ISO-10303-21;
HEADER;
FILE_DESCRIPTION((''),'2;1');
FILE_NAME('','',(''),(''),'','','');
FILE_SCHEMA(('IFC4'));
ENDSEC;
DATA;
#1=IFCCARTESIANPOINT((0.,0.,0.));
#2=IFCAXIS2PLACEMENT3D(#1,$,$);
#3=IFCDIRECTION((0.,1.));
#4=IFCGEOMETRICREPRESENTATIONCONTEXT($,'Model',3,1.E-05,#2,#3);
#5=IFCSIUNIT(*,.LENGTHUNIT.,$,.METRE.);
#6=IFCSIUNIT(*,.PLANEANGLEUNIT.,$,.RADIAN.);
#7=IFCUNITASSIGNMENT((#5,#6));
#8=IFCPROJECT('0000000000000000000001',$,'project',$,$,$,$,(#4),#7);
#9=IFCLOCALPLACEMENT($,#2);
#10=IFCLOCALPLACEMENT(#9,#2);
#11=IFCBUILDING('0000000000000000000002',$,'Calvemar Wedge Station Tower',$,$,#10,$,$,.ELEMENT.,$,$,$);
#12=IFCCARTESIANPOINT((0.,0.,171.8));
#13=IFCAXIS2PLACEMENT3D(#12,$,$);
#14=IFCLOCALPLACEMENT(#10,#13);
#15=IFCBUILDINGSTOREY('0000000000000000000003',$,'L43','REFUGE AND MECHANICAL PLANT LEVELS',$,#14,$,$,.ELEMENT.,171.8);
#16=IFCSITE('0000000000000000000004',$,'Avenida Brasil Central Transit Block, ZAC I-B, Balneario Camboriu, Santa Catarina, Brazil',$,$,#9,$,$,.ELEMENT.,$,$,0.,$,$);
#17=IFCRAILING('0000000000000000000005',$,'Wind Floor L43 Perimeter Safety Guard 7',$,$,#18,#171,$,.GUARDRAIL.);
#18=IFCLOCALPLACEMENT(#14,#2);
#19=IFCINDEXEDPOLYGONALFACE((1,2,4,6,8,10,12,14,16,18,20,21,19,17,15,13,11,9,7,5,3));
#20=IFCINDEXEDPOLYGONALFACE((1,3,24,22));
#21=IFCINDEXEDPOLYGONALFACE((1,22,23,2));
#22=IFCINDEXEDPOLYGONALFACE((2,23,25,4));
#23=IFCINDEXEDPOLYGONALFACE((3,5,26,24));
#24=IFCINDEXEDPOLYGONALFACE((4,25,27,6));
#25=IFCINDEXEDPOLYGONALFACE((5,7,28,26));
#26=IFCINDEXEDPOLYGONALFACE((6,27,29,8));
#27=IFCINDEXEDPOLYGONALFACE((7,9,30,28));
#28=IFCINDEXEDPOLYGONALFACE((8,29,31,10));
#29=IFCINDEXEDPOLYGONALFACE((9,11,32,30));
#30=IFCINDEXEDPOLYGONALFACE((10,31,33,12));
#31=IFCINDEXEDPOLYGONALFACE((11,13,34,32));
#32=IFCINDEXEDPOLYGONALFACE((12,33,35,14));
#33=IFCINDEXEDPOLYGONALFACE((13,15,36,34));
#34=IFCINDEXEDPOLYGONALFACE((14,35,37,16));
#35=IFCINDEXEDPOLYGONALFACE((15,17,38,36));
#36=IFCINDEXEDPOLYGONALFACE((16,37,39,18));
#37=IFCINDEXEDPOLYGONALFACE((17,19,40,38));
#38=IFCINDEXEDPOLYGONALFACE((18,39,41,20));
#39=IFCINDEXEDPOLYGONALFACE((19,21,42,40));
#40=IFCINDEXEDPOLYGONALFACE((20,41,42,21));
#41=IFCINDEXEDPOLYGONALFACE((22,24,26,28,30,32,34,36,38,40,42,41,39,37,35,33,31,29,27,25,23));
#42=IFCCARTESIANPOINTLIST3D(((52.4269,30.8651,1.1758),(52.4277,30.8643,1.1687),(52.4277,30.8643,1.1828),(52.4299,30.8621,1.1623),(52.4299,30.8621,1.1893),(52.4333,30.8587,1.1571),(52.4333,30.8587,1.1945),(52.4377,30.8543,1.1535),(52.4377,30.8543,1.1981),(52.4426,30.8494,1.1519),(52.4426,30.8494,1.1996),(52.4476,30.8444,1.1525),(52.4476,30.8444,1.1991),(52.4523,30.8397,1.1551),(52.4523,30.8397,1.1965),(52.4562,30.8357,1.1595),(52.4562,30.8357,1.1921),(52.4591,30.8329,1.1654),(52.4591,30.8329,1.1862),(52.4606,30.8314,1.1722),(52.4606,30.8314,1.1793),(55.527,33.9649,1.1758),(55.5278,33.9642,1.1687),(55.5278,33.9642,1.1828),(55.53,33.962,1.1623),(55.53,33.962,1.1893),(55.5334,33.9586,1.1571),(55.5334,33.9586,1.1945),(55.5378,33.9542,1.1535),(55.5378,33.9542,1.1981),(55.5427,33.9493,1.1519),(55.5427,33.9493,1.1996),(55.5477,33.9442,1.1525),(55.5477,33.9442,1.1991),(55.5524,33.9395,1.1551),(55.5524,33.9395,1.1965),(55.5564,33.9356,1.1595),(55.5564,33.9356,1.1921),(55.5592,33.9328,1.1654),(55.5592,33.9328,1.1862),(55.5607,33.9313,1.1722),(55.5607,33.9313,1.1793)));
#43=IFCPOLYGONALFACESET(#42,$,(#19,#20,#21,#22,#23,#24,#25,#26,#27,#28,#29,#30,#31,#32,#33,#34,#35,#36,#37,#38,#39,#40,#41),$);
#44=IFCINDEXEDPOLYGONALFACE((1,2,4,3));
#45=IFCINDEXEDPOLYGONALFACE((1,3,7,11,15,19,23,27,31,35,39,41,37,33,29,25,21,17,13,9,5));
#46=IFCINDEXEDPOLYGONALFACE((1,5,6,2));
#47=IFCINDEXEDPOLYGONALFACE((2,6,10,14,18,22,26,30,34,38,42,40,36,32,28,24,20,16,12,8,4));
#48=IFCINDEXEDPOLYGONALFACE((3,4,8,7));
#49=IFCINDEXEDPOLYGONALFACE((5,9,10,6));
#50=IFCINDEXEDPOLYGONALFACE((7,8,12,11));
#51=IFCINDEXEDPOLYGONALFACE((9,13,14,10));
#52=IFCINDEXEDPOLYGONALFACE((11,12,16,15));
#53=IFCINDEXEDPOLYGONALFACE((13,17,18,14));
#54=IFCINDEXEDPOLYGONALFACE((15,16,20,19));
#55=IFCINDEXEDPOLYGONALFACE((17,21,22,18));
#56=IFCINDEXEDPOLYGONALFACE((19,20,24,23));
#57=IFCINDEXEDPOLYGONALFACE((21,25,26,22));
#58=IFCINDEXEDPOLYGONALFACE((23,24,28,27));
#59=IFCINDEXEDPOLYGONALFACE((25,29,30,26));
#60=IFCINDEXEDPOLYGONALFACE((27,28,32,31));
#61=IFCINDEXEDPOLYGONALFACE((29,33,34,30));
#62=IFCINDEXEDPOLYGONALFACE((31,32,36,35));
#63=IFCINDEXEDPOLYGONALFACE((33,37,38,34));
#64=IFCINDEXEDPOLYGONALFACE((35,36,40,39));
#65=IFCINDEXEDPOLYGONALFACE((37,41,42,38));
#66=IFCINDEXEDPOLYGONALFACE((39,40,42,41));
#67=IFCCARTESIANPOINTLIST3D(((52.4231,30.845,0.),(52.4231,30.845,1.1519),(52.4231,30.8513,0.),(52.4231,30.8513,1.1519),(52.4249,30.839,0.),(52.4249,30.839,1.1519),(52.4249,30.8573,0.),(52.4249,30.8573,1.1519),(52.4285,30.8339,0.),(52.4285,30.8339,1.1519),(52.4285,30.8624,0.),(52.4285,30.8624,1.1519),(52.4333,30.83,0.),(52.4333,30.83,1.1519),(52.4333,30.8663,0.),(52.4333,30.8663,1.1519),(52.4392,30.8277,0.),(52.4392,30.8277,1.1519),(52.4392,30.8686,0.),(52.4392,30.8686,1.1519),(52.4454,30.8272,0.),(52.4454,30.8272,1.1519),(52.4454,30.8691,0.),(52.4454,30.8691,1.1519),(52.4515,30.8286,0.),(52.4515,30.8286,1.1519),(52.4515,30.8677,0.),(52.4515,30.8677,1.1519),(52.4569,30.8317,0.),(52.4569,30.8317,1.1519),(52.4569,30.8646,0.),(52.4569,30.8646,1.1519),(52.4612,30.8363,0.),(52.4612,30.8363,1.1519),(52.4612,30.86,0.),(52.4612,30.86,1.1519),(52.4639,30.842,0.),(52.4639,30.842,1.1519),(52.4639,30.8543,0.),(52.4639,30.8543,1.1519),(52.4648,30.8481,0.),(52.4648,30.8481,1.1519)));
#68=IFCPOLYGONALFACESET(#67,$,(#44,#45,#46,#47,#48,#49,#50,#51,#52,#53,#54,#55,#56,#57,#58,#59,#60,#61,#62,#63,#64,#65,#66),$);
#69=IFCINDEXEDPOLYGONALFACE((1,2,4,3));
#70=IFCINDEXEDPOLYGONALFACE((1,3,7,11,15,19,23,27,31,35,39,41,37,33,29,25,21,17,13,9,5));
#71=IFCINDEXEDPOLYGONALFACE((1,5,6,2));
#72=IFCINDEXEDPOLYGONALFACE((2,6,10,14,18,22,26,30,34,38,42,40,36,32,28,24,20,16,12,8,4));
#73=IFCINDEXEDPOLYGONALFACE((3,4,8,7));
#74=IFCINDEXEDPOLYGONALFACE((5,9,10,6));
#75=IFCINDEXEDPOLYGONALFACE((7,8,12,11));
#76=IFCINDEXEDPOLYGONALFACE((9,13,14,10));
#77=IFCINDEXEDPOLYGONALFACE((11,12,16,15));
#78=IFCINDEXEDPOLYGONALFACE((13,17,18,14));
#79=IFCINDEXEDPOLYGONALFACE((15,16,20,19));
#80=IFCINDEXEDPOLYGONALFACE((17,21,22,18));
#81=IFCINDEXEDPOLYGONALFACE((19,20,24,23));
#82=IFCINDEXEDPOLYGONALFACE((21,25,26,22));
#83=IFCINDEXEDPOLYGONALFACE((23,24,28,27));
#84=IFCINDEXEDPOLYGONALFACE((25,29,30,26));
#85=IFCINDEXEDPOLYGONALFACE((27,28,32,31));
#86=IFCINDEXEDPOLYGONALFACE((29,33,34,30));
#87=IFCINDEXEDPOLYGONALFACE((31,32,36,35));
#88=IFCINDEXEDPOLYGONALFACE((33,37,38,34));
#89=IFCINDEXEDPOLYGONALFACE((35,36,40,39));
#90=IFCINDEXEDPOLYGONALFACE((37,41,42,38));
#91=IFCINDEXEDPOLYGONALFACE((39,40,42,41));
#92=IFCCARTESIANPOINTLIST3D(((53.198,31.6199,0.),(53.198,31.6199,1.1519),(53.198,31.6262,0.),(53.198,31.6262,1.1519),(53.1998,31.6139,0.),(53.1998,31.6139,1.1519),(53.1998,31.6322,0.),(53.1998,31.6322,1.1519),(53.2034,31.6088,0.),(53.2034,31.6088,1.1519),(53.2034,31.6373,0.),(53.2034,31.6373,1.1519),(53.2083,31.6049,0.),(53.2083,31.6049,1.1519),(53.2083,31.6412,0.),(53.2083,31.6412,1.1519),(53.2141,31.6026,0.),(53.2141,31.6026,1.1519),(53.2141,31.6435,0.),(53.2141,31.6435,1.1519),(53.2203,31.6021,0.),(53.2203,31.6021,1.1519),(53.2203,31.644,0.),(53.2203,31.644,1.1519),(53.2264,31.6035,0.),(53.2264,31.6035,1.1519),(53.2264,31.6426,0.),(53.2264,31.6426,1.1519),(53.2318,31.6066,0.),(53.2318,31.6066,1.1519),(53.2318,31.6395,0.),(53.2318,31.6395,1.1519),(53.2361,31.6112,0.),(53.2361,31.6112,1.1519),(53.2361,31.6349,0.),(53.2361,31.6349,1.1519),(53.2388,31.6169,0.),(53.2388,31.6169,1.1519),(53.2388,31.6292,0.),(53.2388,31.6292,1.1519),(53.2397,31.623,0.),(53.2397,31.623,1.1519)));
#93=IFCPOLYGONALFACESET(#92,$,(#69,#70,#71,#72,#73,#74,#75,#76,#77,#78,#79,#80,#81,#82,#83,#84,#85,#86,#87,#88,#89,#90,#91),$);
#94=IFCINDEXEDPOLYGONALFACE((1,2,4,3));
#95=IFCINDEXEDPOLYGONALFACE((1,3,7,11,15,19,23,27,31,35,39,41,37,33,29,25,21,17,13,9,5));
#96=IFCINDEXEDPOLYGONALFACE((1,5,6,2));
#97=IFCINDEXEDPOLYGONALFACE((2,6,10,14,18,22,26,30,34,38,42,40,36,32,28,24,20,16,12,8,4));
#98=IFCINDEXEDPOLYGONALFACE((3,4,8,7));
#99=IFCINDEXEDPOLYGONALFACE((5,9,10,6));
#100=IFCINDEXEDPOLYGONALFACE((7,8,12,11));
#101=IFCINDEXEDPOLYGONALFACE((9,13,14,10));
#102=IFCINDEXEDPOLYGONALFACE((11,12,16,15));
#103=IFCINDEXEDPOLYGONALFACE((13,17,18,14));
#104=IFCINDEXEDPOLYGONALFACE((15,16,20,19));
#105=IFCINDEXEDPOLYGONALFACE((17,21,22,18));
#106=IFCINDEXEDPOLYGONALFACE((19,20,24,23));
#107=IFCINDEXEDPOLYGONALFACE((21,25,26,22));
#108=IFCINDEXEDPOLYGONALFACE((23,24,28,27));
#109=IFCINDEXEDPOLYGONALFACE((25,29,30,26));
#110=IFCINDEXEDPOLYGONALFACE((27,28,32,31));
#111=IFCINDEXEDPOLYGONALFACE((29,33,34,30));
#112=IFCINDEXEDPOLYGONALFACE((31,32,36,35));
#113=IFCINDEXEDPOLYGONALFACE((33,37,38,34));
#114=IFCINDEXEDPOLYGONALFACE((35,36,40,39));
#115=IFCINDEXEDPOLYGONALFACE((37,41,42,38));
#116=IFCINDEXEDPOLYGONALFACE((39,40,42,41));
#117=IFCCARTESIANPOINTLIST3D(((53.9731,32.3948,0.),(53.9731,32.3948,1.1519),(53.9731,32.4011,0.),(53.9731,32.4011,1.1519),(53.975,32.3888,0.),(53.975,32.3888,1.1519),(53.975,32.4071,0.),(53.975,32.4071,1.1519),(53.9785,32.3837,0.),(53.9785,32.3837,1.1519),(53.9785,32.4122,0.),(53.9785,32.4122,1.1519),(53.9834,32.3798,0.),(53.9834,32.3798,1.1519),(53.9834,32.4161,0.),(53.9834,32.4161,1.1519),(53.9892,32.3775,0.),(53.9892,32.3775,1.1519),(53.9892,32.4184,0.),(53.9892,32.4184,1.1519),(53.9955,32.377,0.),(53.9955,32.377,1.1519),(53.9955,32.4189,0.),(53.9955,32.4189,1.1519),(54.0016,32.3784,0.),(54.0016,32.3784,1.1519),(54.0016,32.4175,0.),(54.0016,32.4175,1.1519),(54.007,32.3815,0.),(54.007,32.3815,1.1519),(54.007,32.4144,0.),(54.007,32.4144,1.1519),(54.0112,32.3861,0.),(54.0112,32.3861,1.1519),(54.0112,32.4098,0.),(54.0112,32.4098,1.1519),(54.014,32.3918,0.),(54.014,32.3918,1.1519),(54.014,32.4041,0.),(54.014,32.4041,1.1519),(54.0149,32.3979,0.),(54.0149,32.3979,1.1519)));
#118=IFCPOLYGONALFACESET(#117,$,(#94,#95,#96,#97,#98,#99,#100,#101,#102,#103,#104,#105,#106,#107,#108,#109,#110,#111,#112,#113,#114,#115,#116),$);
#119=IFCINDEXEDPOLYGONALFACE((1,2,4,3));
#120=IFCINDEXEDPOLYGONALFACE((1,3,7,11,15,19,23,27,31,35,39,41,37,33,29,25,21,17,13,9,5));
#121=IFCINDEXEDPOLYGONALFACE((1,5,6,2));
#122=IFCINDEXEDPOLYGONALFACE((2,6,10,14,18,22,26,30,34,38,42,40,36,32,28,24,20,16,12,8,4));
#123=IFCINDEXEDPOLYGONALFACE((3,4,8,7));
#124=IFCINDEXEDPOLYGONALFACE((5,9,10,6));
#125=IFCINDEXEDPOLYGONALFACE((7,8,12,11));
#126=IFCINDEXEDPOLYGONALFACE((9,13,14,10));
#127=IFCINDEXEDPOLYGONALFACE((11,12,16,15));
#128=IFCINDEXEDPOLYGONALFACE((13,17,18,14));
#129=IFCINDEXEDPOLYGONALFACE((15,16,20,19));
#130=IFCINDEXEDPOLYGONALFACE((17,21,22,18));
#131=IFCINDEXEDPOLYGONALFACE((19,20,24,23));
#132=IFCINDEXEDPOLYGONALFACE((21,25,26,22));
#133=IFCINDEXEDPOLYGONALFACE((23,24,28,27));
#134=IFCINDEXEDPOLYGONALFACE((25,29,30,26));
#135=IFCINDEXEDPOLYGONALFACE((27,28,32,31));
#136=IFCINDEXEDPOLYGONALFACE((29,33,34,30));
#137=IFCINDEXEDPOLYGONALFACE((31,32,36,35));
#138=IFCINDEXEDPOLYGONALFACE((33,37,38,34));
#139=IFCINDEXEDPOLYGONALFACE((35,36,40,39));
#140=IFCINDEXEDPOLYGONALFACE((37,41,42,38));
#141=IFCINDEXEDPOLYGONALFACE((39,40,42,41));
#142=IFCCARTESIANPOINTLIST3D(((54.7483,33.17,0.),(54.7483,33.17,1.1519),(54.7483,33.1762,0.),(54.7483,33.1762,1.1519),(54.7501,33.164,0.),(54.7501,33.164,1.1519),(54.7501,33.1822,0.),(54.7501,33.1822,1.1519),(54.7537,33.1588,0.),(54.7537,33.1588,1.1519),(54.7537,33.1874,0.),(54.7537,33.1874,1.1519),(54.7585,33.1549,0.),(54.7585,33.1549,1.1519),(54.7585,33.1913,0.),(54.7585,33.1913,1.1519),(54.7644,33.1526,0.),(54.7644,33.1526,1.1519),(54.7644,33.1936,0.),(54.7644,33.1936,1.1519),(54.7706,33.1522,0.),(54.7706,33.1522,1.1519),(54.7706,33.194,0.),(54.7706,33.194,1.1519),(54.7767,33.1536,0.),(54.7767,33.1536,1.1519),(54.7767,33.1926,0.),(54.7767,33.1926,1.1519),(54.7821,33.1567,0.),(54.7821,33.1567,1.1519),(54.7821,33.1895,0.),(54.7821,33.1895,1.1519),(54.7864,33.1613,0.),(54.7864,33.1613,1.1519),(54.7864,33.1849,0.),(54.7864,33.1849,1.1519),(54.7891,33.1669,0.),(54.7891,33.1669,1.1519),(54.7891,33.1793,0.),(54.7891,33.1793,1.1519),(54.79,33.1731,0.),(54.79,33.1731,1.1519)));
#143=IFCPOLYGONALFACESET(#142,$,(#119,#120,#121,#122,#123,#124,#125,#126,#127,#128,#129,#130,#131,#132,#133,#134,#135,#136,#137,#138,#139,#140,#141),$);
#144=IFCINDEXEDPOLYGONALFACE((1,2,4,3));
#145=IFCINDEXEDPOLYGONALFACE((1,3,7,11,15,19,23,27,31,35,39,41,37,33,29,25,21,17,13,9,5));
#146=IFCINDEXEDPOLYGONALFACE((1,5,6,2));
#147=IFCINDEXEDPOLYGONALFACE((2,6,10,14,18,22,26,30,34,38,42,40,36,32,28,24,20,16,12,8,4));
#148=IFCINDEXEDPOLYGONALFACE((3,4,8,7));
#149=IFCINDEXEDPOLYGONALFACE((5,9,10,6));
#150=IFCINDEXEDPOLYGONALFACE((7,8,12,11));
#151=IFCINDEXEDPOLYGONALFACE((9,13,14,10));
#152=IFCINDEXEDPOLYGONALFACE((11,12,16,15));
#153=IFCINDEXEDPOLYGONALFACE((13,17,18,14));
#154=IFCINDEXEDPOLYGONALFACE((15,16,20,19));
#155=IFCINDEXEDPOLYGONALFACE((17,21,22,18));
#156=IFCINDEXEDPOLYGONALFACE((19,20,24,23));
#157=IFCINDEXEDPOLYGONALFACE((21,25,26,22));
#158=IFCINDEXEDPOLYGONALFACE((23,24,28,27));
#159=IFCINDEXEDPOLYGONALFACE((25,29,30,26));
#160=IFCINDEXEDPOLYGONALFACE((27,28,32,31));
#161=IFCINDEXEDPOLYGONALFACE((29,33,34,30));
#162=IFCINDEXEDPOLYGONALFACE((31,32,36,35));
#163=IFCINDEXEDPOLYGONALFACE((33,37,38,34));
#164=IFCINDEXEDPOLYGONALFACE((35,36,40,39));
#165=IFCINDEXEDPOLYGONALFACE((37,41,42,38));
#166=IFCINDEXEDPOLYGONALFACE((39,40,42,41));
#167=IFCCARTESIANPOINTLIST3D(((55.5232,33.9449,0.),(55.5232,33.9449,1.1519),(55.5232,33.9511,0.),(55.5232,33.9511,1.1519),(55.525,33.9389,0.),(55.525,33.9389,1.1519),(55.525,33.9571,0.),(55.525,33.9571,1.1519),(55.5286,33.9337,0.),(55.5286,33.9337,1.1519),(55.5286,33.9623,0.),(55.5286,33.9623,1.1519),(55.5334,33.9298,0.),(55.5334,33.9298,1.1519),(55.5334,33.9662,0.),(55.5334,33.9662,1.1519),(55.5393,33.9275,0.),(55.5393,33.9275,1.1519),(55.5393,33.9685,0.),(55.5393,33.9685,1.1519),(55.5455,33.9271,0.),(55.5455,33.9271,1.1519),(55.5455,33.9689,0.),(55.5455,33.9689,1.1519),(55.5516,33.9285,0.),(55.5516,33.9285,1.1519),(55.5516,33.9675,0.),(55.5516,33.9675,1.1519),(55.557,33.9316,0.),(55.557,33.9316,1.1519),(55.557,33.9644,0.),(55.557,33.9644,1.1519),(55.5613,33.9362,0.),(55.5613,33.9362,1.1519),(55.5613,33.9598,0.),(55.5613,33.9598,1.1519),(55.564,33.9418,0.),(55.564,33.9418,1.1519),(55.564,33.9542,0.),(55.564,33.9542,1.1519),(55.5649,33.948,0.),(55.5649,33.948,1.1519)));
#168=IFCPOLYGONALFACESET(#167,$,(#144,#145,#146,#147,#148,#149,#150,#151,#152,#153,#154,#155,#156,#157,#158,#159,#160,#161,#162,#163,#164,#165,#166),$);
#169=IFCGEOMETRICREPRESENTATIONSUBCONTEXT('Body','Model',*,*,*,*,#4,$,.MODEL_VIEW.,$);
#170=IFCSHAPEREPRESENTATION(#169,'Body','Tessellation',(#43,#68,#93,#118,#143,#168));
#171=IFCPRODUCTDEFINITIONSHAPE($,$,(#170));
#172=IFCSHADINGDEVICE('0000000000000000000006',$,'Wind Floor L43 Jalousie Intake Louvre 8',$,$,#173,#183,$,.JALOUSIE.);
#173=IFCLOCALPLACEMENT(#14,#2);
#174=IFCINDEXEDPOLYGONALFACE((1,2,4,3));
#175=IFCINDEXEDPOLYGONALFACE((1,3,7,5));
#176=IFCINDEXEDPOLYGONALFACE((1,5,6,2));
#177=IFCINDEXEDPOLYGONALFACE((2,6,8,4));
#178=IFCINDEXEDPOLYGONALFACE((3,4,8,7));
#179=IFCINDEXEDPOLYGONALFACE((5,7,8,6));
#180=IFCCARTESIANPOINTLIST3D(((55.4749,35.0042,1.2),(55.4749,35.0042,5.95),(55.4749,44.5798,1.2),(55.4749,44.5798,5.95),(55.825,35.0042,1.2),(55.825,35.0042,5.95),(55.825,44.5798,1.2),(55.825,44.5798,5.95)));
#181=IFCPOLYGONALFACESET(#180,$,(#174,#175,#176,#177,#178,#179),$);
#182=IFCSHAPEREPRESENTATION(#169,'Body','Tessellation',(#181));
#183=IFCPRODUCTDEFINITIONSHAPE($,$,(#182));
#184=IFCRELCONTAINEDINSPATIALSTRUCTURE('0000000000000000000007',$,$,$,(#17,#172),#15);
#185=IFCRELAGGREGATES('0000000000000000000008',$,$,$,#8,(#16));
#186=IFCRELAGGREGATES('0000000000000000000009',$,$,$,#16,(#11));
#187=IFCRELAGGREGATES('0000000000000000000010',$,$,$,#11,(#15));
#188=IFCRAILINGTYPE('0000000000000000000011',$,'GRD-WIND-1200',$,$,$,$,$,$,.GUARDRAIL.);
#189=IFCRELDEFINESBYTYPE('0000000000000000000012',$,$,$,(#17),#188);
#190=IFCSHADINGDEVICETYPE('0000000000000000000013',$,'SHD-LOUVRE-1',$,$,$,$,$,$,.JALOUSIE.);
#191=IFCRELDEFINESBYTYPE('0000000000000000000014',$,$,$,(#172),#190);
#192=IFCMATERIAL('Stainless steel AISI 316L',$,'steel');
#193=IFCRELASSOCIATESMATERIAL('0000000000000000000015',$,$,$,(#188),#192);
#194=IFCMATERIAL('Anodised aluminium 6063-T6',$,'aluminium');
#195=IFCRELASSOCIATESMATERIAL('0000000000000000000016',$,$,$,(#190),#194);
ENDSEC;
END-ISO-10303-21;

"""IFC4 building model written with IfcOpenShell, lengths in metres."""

from ifc_helpers import new_model, si_unit, direction, frame, frame_2d, origin, origin_2d, place, context, subcontext, project, spatial, rectangle, circle, extrude, material, type_object, element, save


model = new_model("IFC4")

# Units and contexts
model_context = context("Model", 3, precision=1e-05, world=origin(), true_north=direction((0.0, 1.0)))
body_context = subcontext(model_context, "Body", "Model", "MODEL_VIEW")
ifc_project = project(units=[si_unit("LENGTHUNIT", "METRE"), si_unit("PLANEANGLEUNIT", "RADIAN")], contexts=[model_context])

# Site, building, storey
site_placement = place(None, origin())
site = spatial("IfcSite", under=ifc_project, at=site_placement, Name="Avenida Brasil Central Transit Block, ZAC I-B, Balneario Camboriu, Santa Catarina, Brazil", CompositionType="ELEMENT", RefElevation=0.0)
building_placement = place(site_placement, origin())
building = spatial("IfcBuilding", under=site, at=building_placement, Name="Calvemar Wedge Station Tower", CompositionType="ELEMENT")
storey_placement = place(building_placement, frame((0.0, 0.0, 171.8)))
storey = spatial("IfcBuildingStorey", under=building, at=storey_placement, Name="L43", Description="REFUGE AND MECHANICAL PLANT LEVELS", CompositionType="ELEMENT", Elevation=171.8)

# Railing
ifc_material_1 = material(Name="Stainless steel AISI 316L", Category="steel")
railing_type = type_object("IfcRailingType", Name="GRD-WIND-1200", PredefinedType="GUARDRAIL", material=ifc_material_1)
railing_1_placement = place(storey_placement, frame((52.4438, 30.8481, 0.0)))
element("IfcRailing", 1, at=railing_1_placement, inside=storey, type_object=railing_type, Name="Wind Floor L43 Perimeter Safety Guard 7", PredefinedType="GUARDRAIL", context=body_context, shape_type="SweptSolid", body=[
    extrude(circle(Radius=0.0239, at=origin_2d()), frame((0.0, 0.0, 1.1758), z_axis=(0.707135, 0.707079, 0.0), x_axis=(-0.707079, 0.707135, 0.0)), (0.0, 0.0, 1.0), 4.384),
    extrude(circle(Radius=0.021, at=origin_2d()), origin(), (0.0, 0.0, 1.0), 1.1519),
    extrude(circle(Radius=0.021, at=origin_2d()), frame((0.7749, 0.7749, 0.0)), (0.0, 0.0, 1.0), 1.1519),
    extrude(circle(Radius=0.021, at=origin_2d()), frame((1.55, 1.5498, 0.0)), (0.0, 0.0, 1.0), 1.1519),
    extrude(circle(Radius=0.021, at=origin_2d()), frame((2.3252, 2.325, 0.0)), (0.0, 0.0, 1.0), 1.1519),
    extrude(circle(Radius=0.021, at=origin_2d()), frame((3.1001, 3.0999, 0.0)), (0.0, 0.0, 1.0), 1.1519),
])

# Shading device
ifc_material_2 = material(Name="Anodised aluminium 6063-T6", Category="aluminium")
shading_device_type = type_object("IfcShadingDeviceType", Name="SHD-LOUVRE-1", PredefinedType="JALOUSIE", material=ifc_material_2)
shading_device_placement = place(storey_placement, frame((55.6499, 35.0042, 1.2), z_axis=(0.0, 0.0, 1.0), x_axis=(0.0, 1.0, 0.0)))
element("IfcShadingDevice", 2, at=shading_device_placement, inside=storey, type_object=shading_device_type, Name="Wind Floor L43 Jalousie Intake Louvre 8", PredefinedType="JALOUSIE", context=body_context, shape_type="SweptSolid", body=[
    extrude(rectangle(XDim=9.5757, YDim=0.3501, at=frame_2d((4.7878, 0.0))), origin(), (0.0, 0.0, 1.0), 4.75),
])

save(model, "model.ifc")
